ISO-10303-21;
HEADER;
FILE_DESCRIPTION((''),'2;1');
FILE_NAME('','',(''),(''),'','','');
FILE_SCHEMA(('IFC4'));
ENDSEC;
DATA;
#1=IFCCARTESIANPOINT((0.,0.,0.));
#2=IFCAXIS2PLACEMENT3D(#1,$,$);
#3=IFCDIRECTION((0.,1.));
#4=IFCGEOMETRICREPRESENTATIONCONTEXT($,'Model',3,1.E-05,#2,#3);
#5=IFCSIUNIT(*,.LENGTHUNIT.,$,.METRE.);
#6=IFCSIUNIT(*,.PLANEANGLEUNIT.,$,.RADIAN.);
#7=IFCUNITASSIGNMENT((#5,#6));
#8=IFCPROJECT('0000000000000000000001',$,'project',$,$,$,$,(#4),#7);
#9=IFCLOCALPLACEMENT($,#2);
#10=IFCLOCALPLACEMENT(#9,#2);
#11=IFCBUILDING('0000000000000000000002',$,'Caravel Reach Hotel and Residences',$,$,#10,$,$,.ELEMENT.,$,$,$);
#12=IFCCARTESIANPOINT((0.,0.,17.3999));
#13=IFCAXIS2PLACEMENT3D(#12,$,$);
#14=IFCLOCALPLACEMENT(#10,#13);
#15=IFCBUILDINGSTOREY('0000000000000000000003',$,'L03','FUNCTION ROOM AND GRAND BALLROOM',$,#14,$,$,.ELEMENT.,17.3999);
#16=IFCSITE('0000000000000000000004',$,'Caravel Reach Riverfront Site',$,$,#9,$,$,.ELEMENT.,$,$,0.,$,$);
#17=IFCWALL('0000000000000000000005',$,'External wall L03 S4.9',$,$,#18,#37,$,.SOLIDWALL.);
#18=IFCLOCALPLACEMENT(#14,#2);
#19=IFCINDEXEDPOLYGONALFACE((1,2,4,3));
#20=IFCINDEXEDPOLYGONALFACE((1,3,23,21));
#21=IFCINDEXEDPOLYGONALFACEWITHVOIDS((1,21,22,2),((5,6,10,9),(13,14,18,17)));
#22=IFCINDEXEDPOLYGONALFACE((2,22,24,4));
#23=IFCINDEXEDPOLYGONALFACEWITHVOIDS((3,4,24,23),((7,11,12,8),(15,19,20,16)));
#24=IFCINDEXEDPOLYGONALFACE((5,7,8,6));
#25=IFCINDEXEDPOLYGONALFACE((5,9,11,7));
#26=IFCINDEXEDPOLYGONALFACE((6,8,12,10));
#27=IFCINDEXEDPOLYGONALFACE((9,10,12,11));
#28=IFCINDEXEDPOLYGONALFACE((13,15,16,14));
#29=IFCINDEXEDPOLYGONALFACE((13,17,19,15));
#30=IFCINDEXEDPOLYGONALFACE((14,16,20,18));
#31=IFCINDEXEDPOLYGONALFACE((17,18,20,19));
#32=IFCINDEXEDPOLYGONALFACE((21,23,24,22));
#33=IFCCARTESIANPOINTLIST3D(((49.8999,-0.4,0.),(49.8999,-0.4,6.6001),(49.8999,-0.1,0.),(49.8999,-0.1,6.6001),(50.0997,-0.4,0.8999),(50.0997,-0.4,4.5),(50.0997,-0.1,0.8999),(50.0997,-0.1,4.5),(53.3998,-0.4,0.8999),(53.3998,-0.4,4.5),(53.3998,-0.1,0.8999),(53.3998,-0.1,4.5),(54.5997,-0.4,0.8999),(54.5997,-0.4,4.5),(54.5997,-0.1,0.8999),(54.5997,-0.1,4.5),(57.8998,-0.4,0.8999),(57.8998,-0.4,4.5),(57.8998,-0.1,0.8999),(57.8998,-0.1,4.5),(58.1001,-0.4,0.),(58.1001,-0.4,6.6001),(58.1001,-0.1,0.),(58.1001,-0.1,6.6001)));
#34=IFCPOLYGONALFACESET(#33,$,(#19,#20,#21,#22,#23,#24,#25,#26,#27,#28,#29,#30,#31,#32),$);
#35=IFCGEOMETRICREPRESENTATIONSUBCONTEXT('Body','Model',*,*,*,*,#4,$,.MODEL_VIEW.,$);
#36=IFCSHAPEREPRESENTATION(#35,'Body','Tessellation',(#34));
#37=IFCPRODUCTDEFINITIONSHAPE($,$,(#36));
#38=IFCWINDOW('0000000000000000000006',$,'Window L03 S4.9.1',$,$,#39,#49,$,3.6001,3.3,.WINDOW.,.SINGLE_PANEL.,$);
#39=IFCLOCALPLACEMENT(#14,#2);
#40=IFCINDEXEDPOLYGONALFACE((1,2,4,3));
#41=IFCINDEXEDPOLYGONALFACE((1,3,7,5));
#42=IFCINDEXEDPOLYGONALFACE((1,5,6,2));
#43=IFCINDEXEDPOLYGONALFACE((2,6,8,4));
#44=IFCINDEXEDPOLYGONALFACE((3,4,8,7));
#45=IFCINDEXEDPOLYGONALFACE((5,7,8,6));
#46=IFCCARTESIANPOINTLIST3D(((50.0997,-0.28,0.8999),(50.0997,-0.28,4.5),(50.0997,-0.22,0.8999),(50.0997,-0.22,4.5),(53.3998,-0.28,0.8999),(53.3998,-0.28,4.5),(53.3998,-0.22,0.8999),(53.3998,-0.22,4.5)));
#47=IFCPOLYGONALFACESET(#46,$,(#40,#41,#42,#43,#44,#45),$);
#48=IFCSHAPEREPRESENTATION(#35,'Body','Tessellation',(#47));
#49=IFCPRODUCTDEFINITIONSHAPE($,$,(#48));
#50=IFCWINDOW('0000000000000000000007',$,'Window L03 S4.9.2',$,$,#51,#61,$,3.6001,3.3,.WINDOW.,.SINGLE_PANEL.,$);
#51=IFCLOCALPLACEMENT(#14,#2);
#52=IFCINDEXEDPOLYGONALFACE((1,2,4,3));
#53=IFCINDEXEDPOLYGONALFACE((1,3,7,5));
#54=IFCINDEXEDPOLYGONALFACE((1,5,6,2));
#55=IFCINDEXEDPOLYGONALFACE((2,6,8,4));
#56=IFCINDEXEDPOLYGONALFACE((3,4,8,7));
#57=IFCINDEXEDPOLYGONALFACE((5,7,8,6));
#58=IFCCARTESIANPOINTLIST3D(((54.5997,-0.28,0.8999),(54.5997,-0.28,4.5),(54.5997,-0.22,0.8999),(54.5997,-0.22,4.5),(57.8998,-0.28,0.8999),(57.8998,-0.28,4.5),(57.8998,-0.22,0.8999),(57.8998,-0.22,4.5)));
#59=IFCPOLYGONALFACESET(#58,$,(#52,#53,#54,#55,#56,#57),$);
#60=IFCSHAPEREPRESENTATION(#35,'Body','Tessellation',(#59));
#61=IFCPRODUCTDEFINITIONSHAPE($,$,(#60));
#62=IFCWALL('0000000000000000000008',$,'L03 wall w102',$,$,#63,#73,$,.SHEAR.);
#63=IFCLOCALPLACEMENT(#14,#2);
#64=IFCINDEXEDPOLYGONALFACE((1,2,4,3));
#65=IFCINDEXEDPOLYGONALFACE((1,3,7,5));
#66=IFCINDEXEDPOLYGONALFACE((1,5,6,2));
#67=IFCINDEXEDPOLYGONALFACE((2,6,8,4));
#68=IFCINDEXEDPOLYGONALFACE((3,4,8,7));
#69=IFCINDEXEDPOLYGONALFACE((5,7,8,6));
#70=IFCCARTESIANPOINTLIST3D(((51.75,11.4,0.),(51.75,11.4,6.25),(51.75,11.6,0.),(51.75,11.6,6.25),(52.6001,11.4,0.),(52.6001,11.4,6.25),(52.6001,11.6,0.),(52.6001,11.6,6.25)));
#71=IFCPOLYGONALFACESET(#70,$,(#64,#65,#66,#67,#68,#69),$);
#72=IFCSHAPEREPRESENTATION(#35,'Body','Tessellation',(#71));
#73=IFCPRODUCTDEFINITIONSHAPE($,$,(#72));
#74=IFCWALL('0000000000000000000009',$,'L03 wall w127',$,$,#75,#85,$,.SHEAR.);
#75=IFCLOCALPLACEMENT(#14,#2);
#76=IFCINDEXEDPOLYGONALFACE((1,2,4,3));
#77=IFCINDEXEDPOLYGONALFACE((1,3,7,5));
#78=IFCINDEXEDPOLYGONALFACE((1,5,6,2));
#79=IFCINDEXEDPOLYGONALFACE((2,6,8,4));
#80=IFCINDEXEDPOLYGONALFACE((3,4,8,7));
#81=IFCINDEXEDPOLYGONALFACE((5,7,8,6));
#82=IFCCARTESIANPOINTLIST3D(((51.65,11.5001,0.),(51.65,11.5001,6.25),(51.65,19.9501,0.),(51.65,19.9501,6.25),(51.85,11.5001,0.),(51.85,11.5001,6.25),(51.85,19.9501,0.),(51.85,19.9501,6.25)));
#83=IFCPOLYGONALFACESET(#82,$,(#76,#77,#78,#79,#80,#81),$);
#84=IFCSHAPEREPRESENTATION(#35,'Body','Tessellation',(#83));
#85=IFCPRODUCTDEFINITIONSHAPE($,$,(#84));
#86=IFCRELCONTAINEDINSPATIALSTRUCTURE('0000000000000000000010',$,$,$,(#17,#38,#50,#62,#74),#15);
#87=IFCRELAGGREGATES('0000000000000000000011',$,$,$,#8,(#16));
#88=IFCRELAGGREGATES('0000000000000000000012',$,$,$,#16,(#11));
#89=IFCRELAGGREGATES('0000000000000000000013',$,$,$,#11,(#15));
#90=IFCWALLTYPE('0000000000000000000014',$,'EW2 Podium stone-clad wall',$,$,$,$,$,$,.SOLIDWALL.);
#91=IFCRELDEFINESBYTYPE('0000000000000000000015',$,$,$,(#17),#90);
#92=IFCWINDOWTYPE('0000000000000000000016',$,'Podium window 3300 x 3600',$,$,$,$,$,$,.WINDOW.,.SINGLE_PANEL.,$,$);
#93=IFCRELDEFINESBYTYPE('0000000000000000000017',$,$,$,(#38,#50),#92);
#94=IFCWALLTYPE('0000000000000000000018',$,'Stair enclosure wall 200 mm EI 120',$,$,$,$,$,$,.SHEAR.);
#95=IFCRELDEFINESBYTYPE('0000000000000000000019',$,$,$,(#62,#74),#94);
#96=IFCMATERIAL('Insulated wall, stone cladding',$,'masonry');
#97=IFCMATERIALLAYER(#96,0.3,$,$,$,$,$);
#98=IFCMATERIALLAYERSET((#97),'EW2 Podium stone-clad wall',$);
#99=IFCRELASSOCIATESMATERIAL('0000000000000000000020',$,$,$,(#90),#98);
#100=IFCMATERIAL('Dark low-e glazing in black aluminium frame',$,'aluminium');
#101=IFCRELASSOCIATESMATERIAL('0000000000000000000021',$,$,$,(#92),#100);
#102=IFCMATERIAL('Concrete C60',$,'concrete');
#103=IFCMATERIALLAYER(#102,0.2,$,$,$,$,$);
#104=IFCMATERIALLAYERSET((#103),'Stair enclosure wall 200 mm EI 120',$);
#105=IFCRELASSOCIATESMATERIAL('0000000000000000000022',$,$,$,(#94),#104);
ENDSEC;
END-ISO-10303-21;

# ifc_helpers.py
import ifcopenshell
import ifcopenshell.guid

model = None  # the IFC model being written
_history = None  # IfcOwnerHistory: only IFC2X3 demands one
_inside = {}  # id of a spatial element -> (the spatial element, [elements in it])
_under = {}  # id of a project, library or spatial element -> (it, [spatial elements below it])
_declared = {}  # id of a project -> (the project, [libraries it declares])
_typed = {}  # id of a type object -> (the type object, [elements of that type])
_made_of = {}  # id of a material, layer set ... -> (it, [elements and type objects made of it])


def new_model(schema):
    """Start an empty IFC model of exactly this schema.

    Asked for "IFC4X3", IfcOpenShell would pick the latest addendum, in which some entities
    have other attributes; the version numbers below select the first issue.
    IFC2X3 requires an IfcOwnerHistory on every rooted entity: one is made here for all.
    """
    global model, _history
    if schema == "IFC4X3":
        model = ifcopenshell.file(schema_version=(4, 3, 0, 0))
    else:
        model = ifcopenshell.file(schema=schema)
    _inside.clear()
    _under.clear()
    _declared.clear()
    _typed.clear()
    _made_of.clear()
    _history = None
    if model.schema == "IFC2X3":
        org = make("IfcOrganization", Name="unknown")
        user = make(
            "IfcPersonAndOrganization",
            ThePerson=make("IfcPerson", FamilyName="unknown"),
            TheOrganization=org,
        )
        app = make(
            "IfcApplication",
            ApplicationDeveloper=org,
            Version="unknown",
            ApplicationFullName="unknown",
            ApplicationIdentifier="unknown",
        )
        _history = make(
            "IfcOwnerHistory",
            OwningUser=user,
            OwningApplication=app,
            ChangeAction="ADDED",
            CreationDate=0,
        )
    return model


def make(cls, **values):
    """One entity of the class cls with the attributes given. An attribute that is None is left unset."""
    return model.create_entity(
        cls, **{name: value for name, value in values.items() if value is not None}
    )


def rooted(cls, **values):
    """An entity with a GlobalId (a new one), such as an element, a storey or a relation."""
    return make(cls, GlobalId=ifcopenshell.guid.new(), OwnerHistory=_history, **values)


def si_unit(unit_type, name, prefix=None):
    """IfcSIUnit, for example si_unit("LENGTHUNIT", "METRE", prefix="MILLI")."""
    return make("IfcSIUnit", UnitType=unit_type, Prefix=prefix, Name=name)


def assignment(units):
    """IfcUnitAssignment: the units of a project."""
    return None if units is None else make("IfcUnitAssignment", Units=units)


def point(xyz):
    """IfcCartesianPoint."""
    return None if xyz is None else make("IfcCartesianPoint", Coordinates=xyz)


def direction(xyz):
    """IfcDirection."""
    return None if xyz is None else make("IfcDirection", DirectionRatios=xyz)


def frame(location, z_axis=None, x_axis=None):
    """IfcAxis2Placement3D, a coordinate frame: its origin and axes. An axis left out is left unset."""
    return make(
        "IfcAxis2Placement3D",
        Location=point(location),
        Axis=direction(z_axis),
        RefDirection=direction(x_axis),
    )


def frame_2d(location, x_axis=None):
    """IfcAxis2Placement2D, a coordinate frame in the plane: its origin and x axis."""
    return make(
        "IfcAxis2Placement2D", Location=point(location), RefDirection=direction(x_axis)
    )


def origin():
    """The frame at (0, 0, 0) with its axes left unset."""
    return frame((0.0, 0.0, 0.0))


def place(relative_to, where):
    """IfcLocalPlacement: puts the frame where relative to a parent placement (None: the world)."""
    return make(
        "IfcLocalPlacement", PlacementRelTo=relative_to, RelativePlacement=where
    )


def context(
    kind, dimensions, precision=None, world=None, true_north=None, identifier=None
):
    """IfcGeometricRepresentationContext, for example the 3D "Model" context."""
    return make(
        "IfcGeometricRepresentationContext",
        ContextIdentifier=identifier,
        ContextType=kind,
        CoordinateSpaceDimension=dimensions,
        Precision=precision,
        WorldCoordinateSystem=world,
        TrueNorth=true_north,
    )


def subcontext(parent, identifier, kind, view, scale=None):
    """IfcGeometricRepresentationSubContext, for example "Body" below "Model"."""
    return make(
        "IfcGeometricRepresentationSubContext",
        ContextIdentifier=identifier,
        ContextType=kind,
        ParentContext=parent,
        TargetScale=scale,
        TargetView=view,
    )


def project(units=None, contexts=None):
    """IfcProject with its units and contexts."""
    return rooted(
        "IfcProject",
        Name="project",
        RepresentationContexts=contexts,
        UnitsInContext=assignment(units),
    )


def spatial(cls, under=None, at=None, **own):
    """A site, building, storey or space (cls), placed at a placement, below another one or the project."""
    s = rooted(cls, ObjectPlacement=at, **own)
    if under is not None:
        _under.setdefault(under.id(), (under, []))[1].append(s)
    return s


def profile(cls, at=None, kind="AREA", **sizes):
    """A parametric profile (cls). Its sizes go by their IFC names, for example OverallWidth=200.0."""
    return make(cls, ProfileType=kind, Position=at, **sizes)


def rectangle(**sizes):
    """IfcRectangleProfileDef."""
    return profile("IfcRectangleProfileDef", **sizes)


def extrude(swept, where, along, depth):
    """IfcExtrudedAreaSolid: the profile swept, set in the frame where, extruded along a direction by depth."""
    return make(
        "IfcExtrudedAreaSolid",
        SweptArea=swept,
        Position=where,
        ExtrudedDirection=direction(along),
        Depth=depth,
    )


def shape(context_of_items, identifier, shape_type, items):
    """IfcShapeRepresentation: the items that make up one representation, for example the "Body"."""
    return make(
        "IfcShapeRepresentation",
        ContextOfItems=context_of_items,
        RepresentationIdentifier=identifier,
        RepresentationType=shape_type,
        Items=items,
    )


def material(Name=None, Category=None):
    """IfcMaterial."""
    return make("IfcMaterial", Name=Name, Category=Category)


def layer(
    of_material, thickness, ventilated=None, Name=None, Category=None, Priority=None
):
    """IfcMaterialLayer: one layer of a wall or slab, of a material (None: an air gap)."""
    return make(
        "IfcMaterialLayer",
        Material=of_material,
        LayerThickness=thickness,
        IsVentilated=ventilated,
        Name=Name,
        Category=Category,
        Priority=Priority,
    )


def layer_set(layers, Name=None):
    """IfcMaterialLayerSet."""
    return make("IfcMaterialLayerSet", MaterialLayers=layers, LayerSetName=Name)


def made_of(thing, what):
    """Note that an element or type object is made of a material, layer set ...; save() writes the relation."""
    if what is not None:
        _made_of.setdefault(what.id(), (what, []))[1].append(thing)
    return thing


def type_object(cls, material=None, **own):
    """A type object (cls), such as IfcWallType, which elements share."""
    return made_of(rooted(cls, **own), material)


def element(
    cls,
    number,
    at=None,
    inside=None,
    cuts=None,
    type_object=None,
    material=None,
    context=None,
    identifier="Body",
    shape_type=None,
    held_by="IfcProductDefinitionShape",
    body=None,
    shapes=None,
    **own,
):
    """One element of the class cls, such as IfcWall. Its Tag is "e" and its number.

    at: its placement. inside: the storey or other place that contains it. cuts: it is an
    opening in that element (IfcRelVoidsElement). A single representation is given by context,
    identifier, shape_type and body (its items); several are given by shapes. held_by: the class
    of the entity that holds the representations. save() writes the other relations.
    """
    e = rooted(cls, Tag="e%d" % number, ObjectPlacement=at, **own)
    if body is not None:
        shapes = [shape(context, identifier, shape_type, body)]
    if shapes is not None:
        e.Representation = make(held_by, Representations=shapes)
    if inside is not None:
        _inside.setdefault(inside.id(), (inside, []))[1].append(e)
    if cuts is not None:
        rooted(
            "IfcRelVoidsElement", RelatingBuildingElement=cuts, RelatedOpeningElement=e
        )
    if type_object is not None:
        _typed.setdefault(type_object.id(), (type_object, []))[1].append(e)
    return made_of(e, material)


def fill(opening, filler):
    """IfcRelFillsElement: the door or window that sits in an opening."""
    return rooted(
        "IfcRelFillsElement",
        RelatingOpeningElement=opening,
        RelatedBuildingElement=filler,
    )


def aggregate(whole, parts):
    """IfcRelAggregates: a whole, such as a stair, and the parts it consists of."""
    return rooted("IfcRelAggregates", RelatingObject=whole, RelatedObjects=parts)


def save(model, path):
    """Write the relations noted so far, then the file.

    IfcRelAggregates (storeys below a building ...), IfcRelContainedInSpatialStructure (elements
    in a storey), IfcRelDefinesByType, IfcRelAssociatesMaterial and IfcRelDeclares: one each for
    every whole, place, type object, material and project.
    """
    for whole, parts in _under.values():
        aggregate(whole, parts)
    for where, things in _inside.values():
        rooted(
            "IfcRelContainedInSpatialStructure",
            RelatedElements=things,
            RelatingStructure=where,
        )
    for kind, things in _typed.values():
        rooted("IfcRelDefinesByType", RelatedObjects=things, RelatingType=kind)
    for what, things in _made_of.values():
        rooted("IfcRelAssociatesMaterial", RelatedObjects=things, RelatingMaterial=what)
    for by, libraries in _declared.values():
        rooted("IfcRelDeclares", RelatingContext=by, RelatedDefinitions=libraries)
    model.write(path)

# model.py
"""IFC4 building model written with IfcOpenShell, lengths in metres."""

from ifc_helpers import new_model, si_unit, direction, frame, frame_2d, origin, place, context, subcontext, project, spatial, rectangle, extrude, material, layer, layer_set, type_object, element, fill, save


model = new_model("IFC4")

# Units and contexts
model_context = context("Model", 3, precision=1e-05, world=origin(), true_north=direction((0.0, 1.0)))
body_context = subcontext(model_context, "Body", "Model", "MODEL_VIEW")
ifc_project = project(units=[si_unit("LENGTHUNIT", "METRE"), si_unit("PLANEANGLEUNIT", "RADIAN")], contexts=[model_context])

# Site, building, storey
site_placement = place(None, origin())
site = spatial("IfcSite", under=ifc_project, at=site_placement, Name="Caravel Reach Riverfront Site", CompositionType="ELEMENT", RefElevation=0.0)
building_placement = place(site_placement, origin())
building = spatial("IfcBuilding", under=site, at=building_placement, Name="Caravel Reach Hotel and Residences", CompositionType="ELEMENT")
storey_placement = place(building_placement, frame((0.0, 0.0, 17.3999)))
storey = spatial("IfcBuildingStorey", under=building, at=storey_placement, Name="L03", Description="FUNCTION ROOM AND GRAND BALLROOM", CompositionType="ELEMENT", Elevation=17.3999)

# Wall, openings, windows
ifc_material_1 = material(Name="Insulated wall, stone cladding", Category="masonry")
ifc_layer_1 = layer(ifc_material_1, 0.3)
ifc_layer_set_1 = layer_set([ifc_layer_1], Name="EW2 Podium stone-clad wall")
wall_type_1 = type_object("IfcWallType", Name="EW2 Podium stone-clad wall", PredefinedType="SOLIDWALL", material=ifc_layer_set_1)
ifc_material_2 = material(Name="Dark low-e glazing in black aluminium frame", Category="aluminium")
window_type = type_object("IfcWindowType", Name="Podium window 3300 x 3600", PartitioningType="SINGLE_PANEL", PredefinedType="WINDOW", material=ifc_material_2)
wall_1_placement = place(storey_placement, frame((49.8999, -0.25, 0.0), z_axis=(0.0, 0.0, 1.0), x_axis=(1.0, 0.0, 0.0)))
wall_1 = element("IfcWall", 1, at=wall_1_placement, inside=storey, type_object=wall_type_1, Name="External wall L03 S4.9", PredefinedType="SOLIDWALL", context=body_context, shape_type="SweptSolid", body=[
    extrude(rectangle(XDim=8.2002, YDim=0.3, at=frame_2d((4.1001, 0.0))), origin(), (0.0, 0.0, 1.0), 6.6001),
])
opening_1_placement = place(wall_1_placement, frame((0.2, 0.0, 0.8999)))
opening_1 = element("IfcOpeningElement", 2, at=opening_1_placement, cuts=wall_1, PredefinedType="OPENING", context=body_context, shape_type="SweptSolid", body=[
    extrude(rectangle(XDim=3.3, YDim=3.6001, at=frame_2d((1.6499, 1.8))), frame((0.0, 0.1599, 0.0), z_axis=(0.0, -1.0, 0.0), x_axis=(1.0, 0.0, 0.0)), (0.0, 0.0, 1.0), 0.3201),
])
opening_2_placement = place(wall_1_placement, frame((4.7, 0.0, 0.8999)))
opening_2 = element("IfcOpeningElement", 3, at=opening_2_placement, cuts=wall_1, PredefinedType="OPENING", context=body_context, shape_type="SweptSolid", body=[
    extrude(rectangle(XDim=3.3, YDim=3.6001, at=frame_2d((1.6499, 1.8))), frame((0.0, 0.1599, 0.0), z_axis=(0.0, -1.0, 0.0), x_axis=(1.0, 0.0, 0.0)), (0.0, 0.0, 1.0), 0.3201),
])
window_1_placement = place(opening_1_placement, origin())
window_1 = element("IfcWindow", 4, at=window_1_placement, inside=storey, type_object=window_type, Name="Window L03 S4.9.1", OverallHeight=3.6001, OverallWidth=3.3, PartitioningType="SINGLE_PANEL", PredefinedType="WINDOW", context=body_context, shape_type="SweptSolid", body=[
    extrude(rectangle(XDim=3.3, YDim=3.6001, at=frame_2d((1.6499, 1.8))), frame((0.0, 0.03, 0.0), z_axis=(0.0, -1.0, 0.0), x_axis=(1.0, 0.0, 0.0)), (0.0, 0.0, 1.0), 0.0601),
])
fill(opening_1, window_1)
window_2_placement = place(opening_2_placement, origin())
window_2 = element("IfcWindow", 5, at=window_2_placement, inside=storey, type_object=window_type, Name="Window L03 S4.9.2", OverallHeight=3.6001, OverallWidth=3.3, PartitioningType="SINGLE_PANEL", PredefinedType="WINDOW", context=body_context, shape_type="SweptSolid", body=[
    extrude(rectangle(XDim=3.3, YDim=3.6001, at=frame_2d((1.6499, 1.8))), frame((0.0, 0.03, 0.0), z_axis=(0.0, -1.0, 0.0), x_axis=(1.0, 0.0, 0.0)), (0.0, 0.0, 1.0), 0.0601),
])
fill(opening_2, window_2)

# Walls
ifc_material_3 = material(Name="Concrete C60", Category="concrete")
ifc_layer_2 = layer(ifc_material_3, 0.2)
ifc_layer_set_2 = layer_set([ifc_layer_2], Name="Stair enclosure wall 200 mm EI 120")
wall_type_2 = type_object("IfcWallType", Name="Stair enclosure wall 200 mm EI 120", PredefinedType="SHEAR", material=ifc_layer_set_2)
wall_2_placement = place(storey_placement, frame((51.75, 11.5, 0.0), z_axis=(0.0, 0.0, 1.0), x_axis=(1.0, 0.0, 0.0)))
element("IfcWall", 6, at=wall_2_placement, inside=storey, type_object=wall_type_2, Name="L03 wall w102", PredefinedType="SHEAR", context=body_context, shape_type="SweptSolid", body=[
    extrude(rectangle(XDim=0.8501, YDim=0.2, at=frame_2d((0.425, 0.0))), origin(), (0.0, 0.0, 1.0), 6.25),
])
wall_3_placement = place(storey_placement, frame((51.75, 11.5, 0.0), z_axis=(0.0, 0.0, 1.0), x_axis=(0.0, 1.0, 0.0)))
element("IfcWall", 7, at=wall_3_placement, inside=storey, type_object=wall_type_2, Name="L03 wall w127", PredefinedType="SHEAR", context=body_context, shape_type="SweptSolid", body=[
    extrude(rectangle(XDim=8.45, YDim=0.2, at=frame_2d((4.2251, 0.0))), origin(), (0.0, 0.0, 1.0), 6.25),
])

save(model, "model.ifc")
